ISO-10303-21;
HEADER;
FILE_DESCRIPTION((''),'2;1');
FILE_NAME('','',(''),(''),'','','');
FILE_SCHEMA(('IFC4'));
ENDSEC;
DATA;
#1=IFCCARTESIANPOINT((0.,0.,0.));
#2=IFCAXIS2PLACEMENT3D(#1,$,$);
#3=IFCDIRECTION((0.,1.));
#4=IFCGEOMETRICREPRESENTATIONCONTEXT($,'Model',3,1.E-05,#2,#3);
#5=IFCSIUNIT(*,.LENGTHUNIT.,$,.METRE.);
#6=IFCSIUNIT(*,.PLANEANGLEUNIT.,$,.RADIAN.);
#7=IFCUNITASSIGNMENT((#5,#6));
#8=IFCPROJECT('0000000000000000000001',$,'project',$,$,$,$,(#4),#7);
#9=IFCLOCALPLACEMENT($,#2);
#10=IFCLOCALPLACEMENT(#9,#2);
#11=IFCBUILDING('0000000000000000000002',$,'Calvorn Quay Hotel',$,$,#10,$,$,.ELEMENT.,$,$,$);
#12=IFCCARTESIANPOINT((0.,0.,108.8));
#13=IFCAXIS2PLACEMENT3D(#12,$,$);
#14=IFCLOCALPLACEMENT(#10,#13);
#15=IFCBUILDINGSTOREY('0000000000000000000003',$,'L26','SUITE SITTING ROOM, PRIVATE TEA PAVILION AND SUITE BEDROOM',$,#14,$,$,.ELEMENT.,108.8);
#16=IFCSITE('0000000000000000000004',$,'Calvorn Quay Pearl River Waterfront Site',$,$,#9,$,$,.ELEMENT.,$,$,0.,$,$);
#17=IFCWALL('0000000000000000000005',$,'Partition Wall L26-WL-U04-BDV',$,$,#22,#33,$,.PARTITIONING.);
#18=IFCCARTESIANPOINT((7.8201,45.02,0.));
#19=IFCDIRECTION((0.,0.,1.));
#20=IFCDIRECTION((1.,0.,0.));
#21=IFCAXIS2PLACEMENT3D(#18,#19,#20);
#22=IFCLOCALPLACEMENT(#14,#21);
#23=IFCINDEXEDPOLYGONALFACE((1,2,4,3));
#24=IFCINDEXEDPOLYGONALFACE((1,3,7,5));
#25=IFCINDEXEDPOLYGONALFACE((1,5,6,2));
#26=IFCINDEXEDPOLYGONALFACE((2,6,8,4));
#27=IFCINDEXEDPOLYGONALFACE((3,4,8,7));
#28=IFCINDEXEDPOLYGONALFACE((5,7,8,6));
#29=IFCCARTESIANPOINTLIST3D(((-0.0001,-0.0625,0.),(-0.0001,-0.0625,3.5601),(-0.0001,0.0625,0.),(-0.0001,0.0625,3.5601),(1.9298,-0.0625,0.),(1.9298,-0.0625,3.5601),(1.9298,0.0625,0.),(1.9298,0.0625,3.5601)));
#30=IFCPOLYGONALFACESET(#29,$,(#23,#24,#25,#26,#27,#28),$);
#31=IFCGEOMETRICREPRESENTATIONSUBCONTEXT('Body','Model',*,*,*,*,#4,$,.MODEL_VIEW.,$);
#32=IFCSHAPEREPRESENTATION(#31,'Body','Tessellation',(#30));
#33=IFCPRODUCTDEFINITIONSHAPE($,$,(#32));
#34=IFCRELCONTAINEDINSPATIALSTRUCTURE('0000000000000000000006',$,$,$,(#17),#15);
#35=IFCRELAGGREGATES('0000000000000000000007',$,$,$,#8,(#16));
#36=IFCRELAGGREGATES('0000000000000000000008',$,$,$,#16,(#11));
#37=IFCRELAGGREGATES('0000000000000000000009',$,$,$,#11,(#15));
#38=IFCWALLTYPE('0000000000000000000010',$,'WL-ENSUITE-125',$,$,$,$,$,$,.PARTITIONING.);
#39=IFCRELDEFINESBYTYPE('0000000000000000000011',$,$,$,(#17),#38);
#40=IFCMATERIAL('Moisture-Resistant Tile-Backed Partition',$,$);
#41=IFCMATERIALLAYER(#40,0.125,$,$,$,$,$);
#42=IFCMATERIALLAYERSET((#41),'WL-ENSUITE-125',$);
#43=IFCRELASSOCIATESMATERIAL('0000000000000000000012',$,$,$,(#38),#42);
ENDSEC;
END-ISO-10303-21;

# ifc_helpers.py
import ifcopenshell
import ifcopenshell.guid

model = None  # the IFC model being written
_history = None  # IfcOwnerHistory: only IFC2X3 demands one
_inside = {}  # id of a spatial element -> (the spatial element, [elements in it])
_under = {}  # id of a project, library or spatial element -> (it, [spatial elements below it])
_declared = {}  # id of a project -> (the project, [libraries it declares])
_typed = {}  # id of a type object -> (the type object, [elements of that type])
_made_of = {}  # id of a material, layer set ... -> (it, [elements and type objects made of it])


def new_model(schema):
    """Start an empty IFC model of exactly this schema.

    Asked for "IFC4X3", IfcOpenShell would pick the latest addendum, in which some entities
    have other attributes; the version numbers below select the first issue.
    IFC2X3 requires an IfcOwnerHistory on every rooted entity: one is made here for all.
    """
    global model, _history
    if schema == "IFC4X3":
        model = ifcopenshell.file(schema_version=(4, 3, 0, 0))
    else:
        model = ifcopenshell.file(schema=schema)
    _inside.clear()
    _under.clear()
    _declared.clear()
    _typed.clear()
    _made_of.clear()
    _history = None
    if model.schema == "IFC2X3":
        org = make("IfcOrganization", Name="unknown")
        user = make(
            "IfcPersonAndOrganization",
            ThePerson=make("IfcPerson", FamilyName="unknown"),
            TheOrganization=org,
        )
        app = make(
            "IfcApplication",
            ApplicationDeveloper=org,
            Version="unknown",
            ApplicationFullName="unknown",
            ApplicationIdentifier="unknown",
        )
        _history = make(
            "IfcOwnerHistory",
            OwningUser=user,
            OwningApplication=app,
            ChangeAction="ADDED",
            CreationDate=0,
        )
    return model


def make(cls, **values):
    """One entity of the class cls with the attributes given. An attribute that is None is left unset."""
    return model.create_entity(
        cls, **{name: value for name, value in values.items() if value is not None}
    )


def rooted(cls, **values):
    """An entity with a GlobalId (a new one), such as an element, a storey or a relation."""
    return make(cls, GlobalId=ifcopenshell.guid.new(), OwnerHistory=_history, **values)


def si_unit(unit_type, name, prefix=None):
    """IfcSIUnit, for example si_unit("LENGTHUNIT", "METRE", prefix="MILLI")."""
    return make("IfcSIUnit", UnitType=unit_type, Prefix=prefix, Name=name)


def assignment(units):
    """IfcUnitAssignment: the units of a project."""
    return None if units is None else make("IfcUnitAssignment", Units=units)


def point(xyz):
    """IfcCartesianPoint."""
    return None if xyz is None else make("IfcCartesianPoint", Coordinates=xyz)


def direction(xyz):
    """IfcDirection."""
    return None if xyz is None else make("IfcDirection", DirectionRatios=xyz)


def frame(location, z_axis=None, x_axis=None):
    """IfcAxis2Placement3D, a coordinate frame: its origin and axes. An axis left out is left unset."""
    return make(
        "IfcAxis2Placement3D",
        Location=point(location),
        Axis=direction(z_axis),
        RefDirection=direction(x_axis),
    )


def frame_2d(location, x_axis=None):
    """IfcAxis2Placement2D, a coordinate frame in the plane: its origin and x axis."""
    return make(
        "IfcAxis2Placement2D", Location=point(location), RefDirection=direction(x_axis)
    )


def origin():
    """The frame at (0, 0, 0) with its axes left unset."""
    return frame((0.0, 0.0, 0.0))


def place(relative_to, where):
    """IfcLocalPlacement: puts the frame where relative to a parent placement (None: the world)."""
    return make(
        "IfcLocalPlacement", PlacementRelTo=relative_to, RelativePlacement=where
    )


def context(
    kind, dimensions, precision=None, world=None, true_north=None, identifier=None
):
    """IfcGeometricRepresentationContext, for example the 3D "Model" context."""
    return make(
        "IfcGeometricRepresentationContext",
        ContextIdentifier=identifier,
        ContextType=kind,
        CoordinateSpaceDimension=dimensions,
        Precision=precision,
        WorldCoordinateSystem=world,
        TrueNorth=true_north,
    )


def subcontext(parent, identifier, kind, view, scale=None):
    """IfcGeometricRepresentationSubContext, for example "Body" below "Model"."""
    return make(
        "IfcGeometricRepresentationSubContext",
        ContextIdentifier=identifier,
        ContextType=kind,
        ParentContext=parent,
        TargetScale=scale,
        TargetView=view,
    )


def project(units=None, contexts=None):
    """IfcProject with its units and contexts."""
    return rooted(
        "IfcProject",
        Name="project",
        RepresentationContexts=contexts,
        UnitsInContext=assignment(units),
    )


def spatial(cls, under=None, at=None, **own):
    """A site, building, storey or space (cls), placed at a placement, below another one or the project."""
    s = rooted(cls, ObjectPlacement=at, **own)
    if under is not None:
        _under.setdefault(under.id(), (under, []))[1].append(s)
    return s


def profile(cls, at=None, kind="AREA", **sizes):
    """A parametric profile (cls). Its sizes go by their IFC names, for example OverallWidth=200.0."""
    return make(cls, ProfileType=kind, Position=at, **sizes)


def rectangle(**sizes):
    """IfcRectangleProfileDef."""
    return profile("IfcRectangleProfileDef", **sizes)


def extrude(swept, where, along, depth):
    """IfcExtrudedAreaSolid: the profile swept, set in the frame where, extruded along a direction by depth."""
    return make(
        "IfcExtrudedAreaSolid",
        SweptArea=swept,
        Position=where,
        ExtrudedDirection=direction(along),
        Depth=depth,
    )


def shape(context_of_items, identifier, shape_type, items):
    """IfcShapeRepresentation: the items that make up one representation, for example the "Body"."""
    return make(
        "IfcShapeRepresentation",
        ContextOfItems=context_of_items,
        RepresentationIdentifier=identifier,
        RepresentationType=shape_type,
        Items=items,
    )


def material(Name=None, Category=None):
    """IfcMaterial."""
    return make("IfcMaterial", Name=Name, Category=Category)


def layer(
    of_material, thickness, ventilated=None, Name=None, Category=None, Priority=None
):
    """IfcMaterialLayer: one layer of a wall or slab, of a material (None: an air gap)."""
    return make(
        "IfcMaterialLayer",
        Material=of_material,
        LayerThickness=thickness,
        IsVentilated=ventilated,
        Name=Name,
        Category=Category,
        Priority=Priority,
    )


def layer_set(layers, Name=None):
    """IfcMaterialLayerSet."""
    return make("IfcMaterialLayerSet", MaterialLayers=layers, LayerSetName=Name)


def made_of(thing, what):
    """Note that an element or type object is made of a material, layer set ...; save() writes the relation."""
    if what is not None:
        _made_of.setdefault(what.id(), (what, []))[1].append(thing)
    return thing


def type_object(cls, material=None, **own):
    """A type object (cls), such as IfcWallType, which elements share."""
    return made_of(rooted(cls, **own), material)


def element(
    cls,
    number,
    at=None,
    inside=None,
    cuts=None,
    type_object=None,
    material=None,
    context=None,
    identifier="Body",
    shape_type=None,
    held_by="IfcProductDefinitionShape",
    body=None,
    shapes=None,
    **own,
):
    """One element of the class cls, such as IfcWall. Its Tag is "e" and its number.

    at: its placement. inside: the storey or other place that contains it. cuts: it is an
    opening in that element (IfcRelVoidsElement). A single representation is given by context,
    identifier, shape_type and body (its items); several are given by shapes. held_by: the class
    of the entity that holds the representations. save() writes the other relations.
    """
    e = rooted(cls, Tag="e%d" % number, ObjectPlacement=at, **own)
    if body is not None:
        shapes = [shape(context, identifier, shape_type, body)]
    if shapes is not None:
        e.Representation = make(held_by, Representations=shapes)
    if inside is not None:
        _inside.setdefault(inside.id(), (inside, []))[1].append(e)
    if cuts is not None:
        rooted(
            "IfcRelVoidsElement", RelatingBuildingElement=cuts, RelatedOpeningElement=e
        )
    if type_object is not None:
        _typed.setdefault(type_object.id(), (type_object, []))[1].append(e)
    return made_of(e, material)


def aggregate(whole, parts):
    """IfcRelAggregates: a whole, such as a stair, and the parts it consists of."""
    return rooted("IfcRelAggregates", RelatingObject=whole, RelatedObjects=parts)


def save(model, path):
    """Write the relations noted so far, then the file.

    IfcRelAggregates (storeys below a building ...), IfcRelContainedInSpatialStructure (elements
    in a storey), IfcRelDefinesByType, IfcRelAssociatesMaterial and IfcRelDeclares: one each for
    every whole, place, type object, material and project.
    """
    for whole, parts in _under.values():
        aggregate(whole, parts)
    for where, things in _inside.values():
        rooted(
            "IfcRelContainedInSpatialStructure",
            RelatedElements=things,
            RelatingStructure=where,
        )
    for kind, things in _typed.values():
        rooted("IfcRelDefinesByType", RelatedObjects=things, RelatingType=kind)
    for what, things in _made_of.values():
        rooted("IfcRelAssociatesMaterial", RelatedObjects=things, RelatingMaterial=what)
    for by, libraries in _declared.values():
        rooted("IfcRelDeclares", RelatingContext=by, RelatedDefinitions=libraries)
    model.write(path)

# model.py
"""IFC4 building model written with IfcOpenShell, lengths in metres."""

from ifc_helpers import new_model, si_unit, direction, frame, frame_2d, origin, place, context, subcontext, project, spatial, rectangle, extrude, material, layer, layer_set, type_object, element, save


model = new_model("IFC4")

# Units and contexts
model_context = context("Model", 3, precision=1e-05, world=origin(), true_north=direction((0.0, 1.0)))
body_context = subcontext(model_context, "Body", "Model", "MODEL_VIEW")
ifc_project = project(units=[si_unit("LENGTHUNIT", "METRE"), si_unit("PLANEANGLEUNIT", "RADIAN")], contexts=[model_context])

# Site, building, storey
site_placement = place(None, origin())
site = spatial("IfcSite", under=ifc_project, at=site_placement, Name="Calvorn Quay Pearl River Waterfront Site", CompositionType="ELEMENT", RefElevation=0.0)
building_placement = place(site_placement, origin())
building = spatial("IfcBuilding", under=site, at=building_placement, Name="Calvorn Quay Hotel", CompositionType="ELEMENT")
storey_placement = place(building_placement, frame((0.0, 0.0, 108.8)))
storey = spatial("IfcBuildingStorey", under=building, at=storey_placement, Name="L26", Description="SUITE SITTING ROOM, PRIVATE TEA PAVILION AND SUITE BEDROOM", CompositionType="ELEMENT", Elevation=108.8)

# Wall
ifc_material_1 = material(Name="Moisture-Resistant Tile-Backed Partition")
ifc_layer_1 = layer(ifc_material_1, 0.125)
ifc_layer_set_1 = layer_set([ifc_layer_1], Name="WL-ENSUITE-125")
wall_type_1 = type_object("IfcWallType", Name="WL-ENSUITE-125", PredefinedType="PARTITIONING", material=ifc_layer_set_1)
wall_1_placement = place(storey_placement, frame((7.8201, 45.02, 0.0), z_axis=(0.0, 0.0, 1.0), x_axis=(1.0, 0.0, 0.0)))
element("IfcWall", 1, at=wall_1_placement, inside=storey, type_object=wall_type_1, Name="Partition Wall L26-WL-U04-BDV", PredefinedType="PARTITIONING", context=body_context, shape_type="SweptSolid", body=[
    extrude(rectangle(XDim=1.9299, YDim=0.125, at=frame_2d((0.9648, 0.0))), origin(), (0.0, 0.0, 1.0), 3.5601),
])

save(model, "model.ifc")
